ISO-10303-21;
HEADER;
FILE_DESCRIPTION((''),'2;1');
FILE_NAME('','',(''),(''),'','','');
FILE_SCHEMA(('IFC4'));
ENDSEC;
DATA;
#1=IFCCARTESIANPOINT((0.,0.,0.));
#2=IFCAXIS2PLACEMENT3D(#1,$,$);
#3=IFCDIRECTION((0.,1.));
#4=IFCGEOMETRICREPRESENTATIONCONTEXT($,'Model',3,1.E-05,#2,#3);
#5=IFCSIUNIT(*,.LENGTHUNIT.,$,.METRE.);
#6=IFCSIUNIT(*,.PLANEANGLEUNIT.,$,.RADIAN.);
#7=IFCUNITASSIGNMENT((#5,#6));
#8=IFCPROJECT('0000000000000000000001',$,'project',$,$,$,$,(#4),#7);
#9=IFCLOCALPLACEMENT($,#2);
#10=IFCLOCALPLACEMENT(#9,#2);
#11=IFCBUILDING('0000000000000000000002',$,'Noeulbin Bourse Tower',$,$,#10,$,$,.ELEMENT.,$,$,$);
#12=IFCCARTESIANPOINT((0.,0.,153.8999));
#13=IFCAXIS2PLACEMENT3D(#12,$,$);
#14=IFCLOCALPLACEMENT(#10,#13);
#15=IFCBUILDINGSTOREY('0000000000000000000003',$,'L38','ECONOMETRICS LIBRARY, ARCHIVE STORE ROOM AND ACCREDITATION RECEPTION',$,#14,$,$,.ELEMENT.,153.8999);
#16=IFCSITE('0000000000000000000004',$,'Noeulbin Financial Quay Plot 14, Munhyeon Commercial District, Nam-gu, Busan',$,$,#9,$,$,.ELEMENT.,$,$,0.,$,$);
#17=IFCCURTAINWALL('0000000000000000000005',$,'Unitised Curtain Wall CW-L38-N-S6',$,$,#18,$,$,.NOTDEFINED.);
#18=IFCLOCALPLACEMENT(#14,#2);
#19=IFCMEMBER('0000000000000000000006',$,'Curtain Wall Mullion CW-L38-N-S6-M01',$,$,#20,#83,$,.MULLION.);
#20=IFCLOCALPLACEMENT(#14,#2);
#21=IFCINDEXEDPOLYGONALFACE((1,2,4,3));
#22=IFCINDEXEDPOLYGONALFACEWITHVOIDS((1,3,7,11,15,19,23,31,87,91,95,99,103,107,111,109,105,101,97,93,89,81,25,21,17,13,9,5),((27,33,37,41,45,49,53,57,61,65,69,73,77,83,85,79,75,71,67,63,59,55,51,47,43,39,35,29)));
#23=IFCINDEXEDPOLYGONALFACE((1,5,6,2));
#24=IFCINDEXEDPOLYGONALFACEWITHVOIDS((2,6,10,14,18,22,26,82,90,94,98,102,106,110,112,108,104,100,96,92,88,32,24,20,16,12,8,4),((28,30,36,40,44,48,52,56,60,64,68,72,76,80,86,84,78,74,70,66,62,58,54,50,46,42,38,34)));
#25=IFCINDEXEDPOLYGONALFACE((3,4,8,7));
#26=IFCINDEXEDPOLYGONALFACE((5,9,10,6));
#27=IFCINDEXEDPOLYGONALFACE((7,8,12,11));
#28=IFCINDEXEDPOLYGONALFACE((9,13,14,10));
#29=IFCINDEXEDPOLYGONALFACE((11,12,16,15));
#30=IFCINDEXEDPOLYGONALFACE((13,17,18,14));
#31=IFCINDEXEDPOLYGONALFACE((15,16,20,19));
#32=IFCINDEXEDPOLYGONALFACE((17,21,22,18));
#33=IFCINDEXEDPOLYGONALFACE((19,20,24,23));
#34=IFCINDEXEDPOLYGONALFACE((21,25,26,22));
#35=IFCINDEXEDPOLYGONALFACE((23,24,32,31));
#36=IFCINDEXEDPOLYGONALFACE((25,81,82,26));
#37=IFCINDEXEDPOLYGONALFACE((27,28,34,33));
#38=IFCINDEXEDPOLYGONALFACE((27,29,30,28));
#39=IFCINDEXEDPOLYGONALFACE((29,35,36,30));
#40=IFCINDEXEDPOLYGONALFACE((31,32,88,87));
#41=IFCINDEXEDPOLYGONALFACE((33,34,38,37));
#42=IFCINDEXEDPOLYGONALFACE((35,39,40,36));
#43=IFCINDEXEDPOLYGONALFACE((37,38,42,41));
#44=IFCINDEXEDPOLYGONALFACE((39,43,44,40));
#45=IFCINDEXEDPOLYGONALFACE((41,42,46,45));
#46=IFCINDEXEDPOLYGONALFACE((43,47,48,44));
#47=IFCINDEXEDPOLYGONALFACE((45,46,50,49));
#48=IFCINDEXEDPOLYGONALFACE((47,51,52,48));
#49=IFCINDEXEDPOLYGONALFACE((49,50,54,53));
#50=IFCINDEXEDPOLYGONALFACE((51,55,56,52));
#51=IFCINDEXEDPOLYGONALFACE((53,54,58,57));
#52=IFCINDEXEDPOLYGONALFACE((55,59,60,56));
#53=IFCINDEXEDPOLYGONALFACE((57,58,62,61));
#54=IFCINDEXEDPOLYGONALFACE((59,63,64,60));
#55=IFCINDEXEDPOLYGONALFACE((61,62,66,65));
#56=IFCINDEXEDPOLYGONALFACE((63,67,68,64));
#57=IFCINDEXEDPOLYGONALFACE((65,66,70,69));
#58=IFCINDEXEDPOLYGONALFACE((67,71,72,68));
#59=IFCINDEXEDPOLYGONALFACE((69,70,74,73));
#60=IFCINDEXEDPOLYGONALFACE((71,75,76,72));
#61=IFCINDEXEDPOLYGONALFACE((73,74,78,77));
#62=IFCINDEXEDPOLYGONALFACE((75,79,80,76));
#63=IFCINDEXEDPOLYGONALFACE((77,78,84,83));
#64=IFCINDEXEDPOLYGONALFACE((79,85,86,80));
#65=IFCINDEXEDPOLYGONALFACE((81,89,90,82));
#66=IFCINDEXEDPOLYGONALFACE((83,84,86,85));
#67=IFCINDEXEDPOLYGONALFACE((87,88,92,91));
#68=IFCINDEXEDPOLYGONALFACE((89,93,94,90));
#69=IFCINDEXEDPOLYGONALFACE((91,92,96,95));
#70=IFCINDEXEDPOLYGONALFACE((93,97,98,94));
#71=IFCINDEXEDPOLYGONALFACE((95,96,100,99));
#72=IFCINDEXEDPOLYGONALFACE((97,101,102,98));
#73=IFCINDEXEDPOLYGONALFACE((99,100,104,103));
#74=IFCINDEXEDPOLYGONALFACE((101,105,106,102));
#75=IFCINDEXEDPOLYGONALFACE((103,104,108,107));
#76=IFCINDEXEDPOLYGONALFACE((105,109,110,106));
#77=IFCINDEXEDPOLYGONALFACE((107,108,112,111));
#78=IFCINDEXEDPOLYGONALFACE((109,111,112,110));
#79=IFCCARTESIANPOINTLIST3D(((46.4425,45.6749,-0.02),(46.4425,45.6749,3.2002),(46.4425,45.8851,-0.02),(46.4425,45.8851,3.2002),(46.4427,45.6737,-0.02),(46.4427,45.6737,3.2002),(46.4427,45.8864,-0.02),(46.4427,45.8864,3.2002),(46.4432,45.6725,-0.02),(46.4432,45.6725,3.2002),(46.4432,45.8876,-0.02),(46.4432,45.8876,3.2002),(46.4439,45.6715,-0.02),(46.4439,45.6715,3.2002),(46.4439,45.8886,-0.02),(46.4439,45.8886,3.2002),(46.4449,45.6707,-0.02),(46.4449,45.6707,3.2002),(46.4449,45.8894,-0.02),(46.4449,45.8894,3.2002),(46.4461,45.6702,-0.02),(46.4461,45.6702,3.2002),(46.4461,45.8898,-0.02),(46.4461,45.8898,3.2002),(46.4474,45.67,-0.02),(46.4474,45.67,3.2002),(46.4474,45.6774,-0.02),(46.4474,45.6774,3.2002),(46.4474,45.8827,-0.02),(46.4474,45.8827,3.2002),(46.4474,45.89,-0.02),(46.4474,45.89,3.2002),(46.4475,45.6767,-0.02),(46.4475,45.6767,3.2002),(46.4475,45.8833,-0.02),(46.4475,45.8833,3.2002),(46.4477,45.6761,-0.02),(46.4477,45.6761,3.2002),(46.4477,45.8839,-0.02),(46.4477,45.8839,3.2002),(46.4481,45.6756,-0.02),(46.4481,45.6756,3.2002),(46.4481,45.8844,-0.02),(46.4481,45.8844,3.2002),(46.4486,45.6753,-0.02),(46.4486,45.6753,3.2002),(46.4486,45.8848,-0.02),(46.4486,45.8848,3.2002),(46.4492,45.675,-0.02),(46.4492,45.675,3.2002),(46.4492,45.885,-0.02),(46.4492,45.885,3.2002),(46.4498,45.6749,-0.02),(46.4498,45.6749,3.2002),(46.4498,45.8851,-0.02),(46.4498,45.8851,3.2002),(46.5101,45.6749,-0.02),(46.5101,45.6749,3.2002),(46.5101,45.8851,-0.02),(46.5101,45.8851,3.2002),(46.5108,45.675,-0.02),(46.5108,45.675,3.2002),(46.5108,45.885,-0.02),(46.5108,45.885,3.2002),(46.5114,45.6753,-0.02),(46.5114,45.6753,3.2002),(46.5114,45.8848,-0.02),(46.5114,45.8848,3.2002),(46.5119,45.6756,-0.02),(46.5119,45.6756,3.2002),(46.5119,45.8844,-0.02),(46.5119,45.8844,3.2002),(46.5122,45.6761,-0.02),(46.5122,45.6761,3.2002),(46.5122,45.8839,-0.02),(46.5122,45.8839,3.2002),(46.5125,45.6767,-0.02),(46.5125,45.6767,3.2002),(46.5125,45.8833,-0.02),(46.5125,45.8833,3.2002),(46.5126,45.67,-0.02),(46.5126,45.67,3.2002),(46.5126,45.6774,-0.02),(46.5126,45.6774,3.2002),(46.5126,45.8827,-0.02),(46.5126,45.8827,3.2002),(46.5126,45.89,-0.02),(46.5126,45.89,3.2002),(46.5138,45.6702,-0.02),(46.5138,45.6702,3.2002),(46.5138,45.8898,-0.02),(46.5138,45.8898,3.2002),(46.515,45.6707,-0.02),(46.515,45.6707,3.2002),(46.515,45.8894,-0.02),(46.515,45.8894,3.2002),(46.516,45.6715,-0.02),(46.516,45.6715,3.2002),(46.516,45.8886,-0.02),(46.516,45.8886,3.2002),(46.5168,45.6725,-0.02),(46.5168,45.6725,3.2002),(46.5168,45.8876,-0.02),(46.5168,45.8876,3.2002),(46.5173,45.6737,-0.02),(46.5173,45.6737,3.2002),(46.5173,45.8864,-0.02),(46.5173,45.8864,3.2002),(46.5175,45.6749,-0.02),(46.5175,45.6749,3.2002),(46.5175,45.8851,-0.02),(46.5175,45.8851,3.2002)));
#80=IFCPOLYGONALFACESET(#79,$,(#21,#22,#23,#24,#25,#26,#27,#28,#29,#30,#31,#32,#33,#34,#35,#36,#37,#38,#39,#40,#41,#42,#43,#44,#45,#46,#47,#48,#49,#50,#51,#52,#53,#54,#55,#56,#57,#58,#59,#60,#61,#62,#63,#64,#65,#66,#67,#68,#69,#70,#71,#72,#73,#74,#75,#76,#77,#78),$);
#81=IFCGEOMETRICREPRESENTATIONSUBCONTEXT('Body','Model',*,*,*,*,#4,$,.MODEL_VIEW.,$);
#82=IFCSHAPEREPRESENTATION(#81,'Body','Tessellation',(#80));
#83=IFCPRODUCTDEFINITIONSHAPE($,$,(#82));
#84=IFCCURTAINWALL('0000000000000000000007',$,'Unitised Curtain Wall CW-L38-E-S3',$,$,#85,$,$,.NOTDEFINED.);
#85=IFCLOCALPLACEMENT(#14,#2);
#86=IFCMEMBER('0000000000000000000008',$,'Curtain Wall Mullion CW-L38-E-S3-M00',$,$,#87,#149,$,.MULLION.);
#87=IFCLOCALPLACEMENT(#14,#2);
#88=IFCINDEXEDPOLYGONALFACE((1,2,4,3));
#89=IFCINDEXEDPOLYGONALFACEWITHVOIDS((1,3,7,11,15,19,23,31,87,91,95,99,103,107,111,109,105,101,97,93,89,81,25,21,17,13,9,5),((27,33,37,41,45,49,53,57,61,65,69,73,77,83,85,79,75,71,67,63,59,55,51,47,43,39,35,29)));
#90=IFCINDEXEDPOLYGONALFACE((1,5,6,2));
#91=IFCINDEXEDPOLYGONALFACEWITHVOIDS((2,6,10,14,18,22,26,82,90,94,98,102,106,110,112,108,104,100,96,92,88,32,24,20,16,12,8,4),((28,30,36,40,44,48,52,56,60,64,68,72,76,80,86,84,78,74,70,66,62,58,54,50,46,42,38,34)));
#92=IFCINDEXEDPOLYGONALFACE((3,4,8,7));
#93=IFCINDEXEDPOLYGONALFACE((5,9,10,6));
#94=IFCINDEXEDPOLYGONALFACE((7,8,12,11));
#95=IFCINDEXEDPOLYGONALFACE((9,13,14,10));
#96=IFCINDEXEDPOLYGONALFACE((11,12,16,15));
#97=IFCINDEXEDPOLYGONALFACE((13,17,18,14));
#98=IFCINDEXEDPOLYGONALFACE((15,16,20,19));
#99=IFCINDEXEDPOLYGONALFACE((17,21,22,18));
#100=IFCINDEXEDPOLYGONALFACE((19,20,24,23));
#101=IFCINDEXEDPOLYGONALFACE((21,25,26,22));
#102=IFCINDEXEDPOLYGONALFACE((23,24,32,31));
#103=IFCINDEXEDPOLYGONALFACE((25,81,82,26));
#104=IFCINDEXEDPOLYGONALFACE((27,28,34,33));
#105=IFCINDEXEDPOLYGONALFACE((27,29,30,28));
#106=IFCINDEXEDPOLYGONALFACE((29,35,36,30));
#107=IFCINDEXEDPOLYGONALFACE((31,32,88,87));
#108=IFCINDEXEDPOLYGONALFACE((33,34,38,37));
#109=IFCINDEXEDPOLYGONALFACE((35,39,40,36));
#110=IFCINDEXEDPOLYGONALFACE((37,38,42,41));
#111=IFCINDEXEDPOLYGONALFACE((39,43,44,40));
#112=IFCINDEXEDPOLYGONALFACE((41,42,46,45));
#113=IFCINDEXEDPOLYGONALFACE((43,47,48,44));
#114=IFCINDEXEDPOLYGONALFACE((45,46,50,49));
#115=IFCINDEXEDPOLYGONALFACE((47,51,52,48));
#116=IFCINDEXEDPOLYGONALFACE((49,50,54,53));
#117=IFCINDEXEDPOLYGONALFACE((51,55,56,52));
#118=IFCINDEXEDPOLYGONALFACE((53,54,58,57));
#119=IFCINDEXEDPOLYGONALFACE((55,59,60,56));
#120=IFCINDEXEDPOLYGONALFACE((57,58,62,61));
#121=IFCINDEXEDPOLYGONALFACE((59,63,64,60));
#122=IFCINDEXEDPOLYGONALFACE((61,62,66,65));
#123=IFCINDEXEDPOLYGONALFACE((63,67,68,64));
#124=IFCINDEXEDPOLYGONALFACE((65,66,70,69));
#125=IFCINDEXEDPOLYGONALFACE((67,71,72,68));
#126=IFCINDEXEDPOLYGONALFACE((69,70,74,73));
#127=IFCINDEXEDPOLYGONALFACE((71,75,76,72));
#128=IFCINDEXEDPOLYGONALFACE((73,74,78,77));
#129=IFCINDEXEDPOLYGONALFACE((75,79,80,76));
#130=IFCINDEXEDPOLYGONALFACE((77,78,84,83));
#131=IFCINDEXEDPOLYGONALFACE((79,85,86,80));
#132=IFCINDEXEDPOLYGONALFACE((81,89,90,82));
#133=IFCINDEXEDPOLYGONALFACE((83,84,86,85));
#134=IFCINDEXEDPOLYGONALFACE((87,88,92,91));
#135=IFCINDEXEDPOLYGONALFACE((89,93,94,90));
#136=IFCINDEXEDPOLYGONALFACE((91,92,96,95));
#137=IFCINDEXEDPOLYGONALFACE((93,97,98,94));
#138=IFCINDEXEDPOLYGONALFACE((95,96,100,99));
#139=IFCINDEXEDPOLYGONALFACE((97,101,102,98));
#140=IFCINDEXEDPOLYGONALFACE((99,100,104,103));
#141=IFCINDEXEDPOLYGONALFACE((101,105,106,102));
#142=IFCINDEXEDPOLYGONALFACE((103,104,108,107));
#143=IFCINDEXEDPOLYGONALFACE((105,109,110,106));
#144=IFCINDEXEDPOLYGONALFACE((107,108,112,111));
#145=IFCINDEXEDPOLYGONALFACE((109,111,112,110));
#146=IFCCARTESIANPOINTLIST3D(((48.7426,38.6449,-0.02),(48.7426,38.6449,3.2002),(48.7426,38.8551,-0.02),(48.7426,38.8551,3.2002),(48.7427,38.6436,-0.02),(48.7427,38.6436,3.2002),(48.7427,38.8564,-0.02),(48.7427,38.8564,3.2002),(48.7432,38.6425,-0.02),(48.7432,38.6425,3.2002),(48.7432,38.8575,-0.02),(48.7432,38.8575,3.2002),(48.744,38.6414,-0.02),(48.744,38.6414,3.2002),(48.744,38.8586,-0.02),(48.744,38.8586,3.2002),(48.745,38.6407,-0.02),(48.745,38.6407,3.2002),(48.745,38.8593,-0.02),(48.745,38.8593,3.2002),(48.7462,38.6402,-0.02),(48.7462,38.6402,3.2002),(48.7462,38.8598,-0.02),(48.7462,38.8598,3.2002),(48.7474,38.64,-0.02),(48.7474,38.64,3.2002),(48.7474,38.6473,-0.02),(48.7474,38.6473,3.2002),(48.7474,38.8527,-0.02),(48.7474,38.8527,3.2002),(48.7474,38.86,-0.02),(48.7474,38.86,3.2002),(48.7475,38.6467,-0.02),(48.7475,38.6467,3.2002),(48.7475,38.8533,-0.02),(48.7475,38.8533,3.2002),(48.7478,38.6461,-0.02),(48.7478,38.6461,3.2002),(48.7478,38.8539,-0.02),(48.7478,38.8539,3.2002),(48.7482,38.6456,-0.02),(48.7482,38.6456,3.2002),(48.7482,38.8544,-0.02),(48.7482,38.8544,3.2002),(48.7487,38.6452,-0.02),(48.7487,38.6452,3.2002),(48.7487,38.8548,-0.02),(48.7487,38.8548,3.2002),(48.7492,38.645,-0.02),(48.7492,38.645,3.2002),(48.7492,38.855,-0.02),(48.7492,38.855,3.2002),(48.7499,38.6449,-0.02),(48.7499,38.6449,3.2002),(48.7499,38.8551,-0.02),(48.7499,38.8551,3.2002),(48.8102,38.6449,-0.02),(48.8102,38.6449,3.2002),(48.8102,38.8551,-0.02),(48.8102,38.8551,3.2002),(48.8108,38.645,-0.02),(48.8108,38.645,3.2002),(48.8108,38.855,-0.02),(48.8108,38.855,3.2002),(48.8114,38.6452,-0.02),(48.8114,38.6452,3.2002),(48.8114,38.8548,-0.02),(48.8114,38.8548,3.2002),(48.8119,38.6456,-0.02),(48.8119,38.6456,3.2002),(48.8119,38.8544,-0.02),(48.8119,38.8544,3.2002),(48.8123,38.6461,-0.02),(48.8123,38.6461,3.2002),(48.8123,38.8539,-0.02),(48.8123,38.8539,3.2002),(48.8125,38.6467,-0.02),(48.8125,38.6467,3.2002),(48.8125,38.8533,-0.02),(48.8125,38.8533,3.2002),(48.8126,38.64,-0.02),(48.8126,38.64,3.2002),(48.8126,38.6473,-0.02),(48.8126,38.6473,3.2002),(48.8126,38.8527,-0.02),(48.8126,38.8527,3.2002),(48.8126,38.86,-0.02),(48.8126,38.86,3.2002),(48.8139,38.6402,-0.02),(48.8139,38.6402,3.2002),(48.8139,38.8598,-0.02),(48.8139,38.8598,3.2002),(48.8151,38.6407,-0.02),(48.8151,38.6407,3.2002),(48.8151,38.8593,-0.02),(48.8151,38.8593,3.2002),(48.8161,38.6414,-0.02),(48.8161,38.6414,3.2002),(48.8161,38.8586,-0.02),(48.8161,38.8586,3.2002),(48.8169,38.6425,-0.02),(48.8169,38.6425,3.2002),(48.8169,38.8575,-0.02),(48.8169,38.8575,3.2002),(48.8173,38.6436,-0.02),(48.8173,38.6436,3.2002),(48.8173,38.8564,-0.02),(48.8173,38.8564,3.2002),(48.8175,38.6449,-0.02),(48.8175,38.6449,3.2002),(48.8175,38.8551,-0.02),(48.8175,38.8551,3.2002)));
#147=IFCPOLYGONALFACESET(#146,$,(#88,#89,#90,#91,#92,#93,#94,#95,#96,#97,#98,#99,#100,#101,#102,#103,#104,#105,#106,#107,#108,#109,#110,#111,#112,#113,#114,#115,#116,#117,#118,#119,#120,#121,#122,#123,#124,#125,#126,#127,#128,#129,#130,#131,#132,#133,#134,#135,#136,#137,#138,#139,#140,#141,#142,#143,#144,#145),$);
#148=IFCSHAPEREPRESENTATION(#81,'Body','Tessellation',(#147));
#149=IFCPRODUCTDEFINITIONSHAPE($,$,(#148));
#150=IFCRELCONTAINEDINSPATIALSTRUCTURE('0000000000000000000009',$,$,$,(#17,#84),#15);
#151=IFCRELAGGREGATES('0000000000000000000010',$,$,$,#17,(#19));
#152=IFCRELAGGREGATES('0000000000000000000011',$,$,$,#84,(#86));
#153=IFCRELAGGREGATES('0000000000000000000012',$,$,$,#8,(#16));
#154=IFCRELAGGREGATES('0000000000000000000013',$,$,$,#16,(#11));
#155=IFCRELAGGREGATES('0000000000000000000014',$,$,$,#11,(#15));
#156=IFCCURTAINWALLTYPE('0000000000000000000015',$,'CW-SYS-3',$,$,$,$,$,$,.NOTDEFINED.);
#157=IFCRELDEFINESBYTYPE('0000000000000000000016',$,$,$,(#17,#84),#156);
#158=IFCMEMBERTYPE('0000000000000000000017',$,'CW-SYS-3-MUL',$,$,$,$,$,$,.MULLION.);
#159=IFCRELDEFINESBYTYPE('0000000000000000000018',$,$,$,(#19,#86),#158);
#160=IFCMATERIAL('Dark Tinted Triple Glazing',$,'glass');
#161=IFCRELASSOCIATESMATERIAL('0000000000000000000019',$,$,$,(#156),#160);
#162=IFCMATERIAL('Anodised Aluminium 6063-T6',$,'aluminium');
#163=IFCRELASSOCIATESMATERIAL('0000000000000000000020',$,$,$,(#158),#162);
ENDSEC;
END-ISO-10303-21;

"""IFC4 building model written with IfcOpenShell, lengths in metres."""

from ifc_helpers import new_model, si_unit, direction, frame, origin, origin_2d, place, context, subcontext, project, spatial, hollow_rectangle, extrude, material, material_profile, profile_set, type_object, element, aggregate, save


model = new_model("IFC4")

# Units and contexts
model_context = context("Model", 3, precision=1e-05, world=origin(), true_north=direction((0.0, 1.0)))
body_context = subcontext(model_context, "Body", "Model", "MODEL_VIEW")
ifc_project = project(units=[si_unit("LENGTHUNIT", "METRE"), si_unit("PLANEANGLEUNIT", "RADIAN")], contexts=[model_context])

# Site, building, storey
site_placement = place(None, origin())
site = spatial("IfcSite", under=ifc_project, at=site_placement, Name="Noeulbin Financial Quay Plot 14, Munhyeon Commercial District, Nam-gu, Busan", CompositionType="ELEMENT", RefElevation=0.0)
building_placement = place(site_placement, origin())
building = spatial("IfcBuilding", under=site, at=building_placement, Name="Noeulbin Bourse Tower", CompositionType="ELEMENT")
storey_placement = place(building_placement, frame((0.0, 0.0, 153.8999)))
storey = spatial("IfcBuildingStorey", under=building, at=storey_placement, Name="L38", Description="ECONOMETRICS LIBRARY, ARCHIVE STORE ROOM AND ACCREDITATION RECEPTION", CompositionType="ELEMENT", Elevation=153.8999)

# Shared definitions
ifc_material_1 = material(Name="Dark Tinted Triple Glazing", Category="glass")
curtain_wall_type = type_object("IfcCurtainWallType", Name="CW-SYS-3", PredefinedType="NOTDEFINED", material=ifc_material_1)
ifc_material_2 = material(Name="Anodised Aluminium 6063-T6", Category="aluminium")
ifc_material_profile_1 = material_profile(ifc_material_2, hollow_rectangle(XDim=0.075, YDim=0.22, WallThickness=0.0049, InnerFilletRadius=0.0024, OuterFilletRadius=0.0049, at=origin_2d()), Name="ALU-MULL-75x220x5", Category="LoadBearing")
ifc_profile_set_1 = profile_set([ifc_material_profile_1], Name="Anodised Aluminium 6063-T6")
member_type_1 = type_object("IfcMemberType", Name="CW-SYS-3-MUL", PredefinedType="MULLION", material=ifc_profile_set_1)

# Curtain walls, members
curtain_wall_1_placement = place(storey_placement, origin())
curtain_wall_1 = element("IfcCurtainWall", 1, at=curtain_wall_1_placement, inside=storey, type_object=curtain_wall_type, Name="Unitised Curtain Wall CW-L38-N-S6", PredefinedType="NOTDEFINED")
member_1_placement = place(storey_placement, frame((46.48, 45.78, -0.02), z_axis=(0.0, 0.0, 1.0), x_axis=(1.0, 0.0, 0.0)))
member_1 = element("IfcMember", 2, at=member_1_placement, type_object=member_type_1, Name="Curtain Wall Mullion CW-L38-N-S6-M01", PredefinedType="MULLION", context=body_context, shape_type="SweptSolid", body=[
    extrude(hollow_rectangle(XDim=0.075, YDim=0.22, WallThickness=0.0049, InnerFilletRadius=0.0024, OuterFilletRadius=0.0049, at=origin_2d()), origin(), (0.0, 0.0, 1.0), 3.2202),
])
curtain_wall_2_placement = place(storey_placement, origin())
curtain_wall_2 = element("IfcCurtainWall", 3, at=curtain_wall_2_placement, inside=storey, type_object=curtain_wall_type, Name="Unitised Curtain Wall CW-L38-E-S3", PredefinedType="NOTDEFINED")
member_2_placement = place(storey_placement, frame((48.78, 38.75, -0.02), z_axis=(0.0, 0.0, 1.0), x_axis=(1.0, 0.0, 0.0)))
member_2 = element("IfcMember", 4, at=member_2_placement, type_object=member_type_1, Name="Curtain Wall Mullion CW-L38-E-S3-M00", PredefinedType="MULLION", context=body_context, shape_type="SweptSolid", body=[
    extrude(hollow_rectangle(XDim=0.075, YDim=0.22, WallThickness=0.0049, InnerFilletRadius=0.0024, OuterFilletRadius=0.0049, at=origin_2d()), origin(), (0.0, 0.0, 1.0), 3.2202),
])

aggregate(curtain_wall_1, [member_1])
aggregate(curtain_wall_2, [member_2])

save(model, "model.ifc")
